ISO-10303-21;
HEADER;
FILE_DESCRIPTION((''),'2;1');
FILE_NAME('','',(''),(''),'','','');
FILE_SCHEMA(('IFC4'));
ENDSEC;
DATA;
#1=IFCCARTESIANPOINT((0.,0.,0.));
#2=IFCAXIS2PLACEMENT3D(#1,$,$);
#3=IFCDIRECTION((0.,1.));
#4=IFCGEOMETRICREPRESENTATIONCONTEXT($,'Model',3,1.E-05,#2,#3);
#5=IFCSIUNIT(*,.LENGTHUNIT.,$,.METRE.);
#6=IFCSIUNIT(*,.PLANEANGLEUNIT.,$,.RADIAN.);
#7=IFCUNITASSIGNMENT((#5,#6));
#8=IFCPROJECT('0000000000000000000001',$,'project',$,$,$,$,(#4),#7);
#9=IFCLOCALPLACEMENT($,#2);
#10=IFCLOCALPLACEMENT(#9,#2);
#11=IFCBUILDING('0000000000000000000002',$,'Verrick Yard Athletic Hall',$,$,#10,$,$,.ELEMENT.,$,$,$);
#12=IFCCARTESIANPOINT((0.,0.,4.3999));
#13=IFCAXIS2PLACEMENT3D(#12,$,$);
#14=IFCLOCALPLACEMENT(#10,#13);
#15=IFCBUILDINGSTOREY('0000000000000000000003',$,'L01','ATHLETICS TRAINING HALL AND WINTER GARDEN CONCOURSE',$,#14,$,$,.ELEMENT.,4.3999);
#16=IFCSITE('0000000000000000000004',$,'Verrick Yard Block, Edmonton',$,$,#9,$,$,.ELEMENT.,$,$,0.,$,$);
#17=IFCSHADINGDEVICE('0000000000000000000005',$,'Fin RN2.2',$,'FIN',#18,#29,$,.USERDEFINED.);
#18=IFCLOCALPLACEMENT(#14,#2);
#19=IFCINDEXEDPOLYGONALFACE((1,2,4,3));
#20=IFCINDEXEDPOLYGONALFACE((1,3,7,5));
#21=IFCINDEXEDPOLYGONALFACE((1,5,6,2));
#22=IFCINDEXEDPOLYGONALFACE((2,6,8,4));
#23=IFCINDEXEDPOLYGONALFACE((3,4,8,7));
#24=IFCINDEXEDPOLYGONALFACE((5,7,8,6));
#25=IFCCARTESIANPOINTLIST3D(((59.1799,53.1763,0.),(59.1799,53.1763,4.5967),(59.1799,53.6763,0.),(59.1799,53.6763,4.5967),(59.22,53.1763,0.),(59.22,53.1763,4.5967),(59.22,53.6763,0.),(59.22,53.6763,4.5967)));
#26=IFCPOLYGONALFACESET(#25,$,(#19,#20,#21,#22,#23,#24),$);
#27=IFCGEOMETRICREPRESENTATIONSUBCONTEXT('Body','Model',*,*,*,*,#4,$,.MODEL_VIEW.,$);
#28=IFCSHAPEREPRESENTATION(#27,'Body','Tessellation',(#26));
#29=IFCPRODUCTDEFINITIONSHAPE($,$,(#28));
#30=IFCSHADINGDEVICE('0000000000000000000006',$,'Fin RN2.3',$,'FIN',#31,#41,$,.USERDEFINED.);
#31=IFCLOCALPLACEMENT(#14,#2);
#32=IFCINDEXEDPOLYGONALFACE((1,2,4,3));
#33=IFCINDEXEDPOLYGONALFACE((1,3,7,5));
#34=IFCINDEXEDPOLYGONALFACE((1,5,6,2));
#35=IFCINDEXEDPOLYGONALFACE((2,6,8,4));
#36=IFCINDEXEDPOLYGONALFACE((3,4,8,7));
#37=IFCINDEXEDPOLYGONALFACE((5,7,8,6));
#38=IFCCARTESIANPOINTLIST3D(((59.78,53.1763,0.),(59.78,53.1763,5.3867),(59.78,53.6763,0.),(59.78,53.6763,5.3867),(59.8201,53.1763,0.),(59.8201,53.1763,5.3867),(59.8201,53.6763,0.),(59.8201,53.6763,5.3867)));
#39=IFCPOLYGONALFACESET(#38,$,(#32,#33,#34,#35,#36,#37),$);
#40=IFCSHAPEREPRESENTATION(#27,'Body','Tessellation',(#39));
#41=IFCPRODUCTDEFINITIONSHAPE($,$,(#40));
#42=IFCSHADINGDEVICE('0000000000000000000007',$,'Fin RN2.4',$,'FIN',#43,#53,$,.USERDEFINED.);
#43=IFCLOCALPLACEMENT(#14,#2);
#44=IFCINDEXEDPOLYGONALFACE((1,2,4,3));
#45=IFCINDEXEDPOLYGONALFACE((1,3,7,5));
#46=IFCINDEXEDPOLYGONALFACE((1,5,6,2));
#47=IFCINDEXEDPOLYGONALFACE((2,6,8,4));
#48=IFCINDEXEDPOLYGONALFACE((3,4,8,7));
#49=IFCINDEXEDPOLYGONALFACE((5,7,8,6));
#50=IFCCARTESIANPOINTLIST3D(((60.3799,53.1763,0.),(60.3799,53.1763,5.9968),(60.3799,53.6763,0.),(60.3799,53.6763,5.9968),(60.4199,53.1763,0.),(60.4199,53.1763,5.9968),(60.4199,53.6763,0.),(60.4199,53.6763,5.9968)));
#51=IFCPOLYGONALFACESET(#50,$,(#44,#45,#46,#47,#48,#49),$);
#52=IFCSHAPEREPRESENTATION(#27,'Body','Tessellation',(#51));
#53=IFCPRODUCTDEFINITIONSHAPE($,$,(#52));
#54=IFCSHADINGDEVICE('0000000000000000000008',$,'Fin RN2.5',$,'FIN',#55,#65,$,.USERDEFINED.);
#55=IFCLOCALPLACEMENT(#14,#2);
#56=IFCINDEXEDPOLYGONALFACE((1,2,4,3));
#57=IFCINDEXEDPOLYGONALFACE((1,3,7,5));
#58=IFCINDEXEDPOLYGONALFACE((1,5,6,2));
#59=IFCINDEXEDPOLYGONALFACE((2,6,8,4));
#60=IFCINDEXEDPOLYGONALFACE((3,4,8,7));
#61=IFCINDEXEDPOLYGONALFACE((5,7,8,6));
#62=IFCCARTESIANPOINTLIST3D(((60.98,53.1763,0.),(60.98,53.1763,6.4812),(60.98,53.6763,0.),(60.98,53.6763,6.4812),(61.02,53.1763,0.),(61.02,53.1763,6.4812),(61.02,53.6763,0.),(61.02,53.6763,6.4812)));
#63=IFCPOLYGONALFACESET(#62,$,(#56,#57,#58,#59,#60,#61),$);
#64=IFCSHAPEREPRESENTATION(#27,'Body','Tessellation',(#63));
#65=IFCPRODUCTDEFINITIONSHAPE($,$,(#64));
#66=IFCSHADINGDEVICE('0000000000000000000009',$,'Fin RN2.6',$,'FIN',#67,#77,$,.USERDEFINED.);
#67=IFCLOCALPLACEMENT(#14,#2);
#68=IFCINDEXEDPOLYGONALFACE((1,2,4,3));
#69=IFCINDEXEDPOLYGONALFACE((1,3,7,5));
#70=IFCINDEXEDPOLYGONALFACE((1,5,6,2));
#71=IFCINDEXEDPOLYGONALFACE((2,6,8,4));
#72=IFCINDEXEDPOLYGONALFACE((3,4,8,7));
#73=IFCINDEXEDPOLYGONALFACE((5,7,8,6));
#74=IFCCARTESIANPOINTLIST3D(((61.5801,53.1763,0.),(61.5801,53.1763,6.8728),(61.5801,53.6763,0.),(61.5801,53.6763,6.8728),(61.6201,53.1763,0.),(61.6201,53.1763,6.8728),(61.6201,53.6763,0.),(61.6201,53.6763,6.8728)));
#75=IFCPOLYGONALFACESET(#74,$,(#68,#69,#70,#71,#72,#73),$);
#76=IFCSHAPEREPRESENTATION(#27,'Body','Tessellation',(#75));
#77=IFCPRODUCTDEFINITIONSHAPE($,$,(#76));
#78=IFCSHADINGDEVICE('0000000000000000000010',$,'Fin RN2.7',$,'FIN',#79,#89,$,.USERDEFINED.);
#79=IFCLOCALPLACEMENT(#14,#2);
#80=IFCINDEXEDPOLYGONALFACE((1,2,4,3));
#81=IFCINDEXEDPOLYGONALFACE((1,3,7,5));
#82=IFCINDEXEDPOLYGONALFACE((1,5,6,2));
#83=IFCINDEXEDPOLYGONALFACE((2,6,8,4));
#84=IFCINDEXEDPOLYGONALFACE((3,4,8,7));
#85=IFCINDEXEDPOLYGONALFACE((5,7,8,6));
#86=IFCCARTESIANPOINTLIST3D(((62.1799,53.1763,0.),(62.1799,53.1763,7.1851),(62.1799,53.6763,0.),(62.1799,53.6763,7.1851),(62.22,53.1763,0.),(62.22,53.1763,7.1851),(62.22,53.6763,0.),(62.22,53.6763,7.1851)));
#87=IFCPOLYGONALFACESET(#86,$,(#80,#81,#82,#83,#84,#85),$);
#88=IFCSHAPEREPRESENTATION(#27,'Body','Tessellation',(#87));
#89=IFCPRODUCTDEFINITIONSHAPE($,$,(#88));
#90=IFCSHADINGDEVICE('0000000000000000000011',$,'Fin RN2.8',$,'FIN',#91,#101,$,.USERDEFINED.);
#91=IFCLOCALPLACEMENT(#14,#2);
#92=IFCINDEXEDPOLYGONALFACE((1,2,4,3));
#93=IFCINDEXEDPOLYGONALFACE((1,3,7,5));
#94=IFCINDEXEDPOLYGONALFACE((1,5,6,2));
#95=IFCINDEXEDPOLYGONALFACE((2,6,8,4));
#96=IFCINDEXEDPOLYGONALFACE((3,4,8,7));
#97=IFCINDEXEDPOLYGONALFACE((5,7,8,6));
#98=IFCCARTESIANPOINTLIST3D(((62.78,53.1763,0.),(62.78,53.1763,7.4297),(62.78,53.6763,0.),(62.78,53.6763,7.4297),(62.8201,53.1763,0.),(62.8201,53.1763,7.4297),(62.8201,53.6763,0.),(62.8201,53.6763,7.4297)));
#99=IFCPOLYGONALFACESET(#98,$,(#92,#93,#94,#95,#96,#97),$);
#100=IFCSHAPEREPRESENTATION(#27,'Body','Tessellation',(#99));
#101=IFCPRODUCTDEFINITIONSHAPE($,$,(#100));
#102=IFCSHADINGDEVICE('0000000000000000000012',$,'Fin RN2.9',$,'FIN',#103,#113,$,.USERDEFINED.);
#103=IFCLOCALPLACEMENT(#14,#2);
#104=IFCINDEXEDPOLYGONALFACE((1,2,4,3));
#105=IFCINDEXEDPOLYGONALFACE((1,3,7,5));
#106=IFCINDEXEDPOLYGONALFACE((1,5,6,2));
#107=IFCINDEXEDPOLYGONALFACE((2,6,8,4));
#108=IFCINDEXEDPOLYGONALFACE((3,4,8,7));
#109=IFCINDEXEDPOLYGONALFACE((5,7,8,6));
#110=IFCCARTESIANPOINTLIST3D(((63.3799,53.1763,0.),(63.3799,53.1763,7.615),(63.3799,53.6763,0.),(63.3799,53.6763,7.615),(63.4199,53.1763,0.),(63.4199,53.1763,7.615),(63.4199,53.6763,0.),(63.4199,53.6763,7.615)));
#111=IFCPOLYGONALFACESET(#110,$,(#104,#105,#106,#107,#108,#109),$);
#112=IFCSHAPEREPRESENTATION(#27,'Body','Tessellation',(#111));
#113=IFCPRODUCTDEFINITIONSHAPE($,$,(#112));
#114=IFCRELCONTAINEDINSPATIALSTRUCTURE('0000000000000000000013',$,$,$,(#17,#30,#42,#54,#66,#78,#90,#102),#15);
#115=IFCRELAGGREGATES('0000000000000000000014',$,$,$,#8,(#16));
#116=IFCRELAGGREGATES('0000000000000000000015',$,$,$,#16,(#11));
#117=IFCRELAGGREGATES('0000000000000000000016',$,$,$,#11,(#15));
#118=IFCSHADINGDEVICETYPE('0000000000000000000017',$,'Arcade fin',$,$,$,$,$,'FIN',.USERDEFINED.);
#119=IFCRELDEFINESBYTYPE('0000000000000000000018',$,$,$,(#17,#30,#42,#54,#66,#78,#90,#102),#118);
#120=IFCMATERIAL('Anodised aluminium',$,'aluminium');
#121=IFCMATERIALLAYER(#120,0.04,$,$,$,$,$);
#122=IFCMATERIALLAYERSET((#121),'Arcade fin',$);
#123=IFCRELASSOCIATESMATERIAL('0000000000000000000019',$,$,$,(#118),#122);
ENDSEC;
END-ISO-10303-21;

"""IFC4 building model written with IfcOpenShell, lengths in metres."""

from ifc_helpers import new_model, si_unit, direction, frame, origin, place, context, subcontext, project, spatial, polyline, outline, extrude, material, layer, layer_set, type_object, element, save


model = new_model("IFC4")

# Units and contexts
model_context = context("Model", 3, precision=1e-05, world=origin(), true_north=direction((0.0, 1.0)))
body_context = subcontext(model_context, "Body", "Model", "MODEL_VIEW")
ifc_project = project(units=[si_unit("LENGTHUNIT", "METRE"), si_unit("PLANEANGLEUNIT", "RADIAN")], contexts=[model_context])

# Site, building, storey
site_placement = place(None, origin())
site = spatial("IfcSite", under=ifc_project, at=site_placement, Name="Verrick Yard Block, Edmonton", CompositionType="ELEMENT", RefElevation=0.0)
building_placement = place(site_placement, origin())
building = spatial("IfcBuilding", under=site, at=building_placement, Name="Verrick Yard Athletic Hall", CompositionType="ELEMENT")
storey_placement = place(building_placement, frame((0.0, 0.0, 4.3999)))
storey = spatial("IfcBuildingStorey", under=building, at=storey_placement, Name="L01", Description="ATHLETICS TRAINING HALL AND WINTER GARDEN CONCOURSE", CompositionType="ELEMENT", Elevation=4.3999)

# Shading devices
ifc_material_1 = material(Name="Anodised aluminium", Category="aluminium")
ifc_layer_1 = layer(ifc_material_1, 0.04)
ifc_layer_set_1 = layer_set([ifc_layer_1], Name="Arcade fin")
shading_device_type = type_object("IfcShadingDeviceType", Name="Arcade fin", ElementType="FIN", PredefinedType="USERDEFINED", material=ifc_layer_set_1)
shading_device_1_placement = place(storey_placement, frame((59.2, 53.1763, 0.0), z_axis=(0.0, 0.0, 1.0), x_axis=(0.0, 1.0, 0.0)))
element("IfcShadingDevice", 1, at=shading_device_1_placement, inside=storey, type_object=shading_device_type, Name="Fin RN2.2", ObjectType="FIN", PredefinedType="USERDEFINED", context=body_context, shape_type="SweptSolid", body=[
    extrude(outline(polyline([(0.0, 0.0), (0.5, 0.0), (0.5, 4.5967), (0.0, 4.5967), (0.0, 0.0)])), frame((0.0, 0.02, 0.0), z_axis=(0.0, -1.0, 0.0), x_axis=(1.0, 0.0, 0.0)), (0.0, 0.0, 1.0), 0.04),
])
shading_device_2_placement = place(storey_placement, frame((59.8, 53.1763, 0.0), z_axis=(0.0, 0.0, 1.0), x_axis=(0.0, 1.0, 0.0)))
element("IfcShadingDevice", 2, at=shading_device_2_placement, inside=storey, type_object=shading_device_type, Name="Fin RN2.3", ObjectType="FIN", PredefinedType="USERDEFINED", context=body_context, shape_type="SweptSolid", body=[
    extrude(outline(polyline([(0.0, 0.0), (0.5, 0.0), (0.5, 5.3867), (0.0, 5.3867), (0.0, 0.0)])), frame((0.0, 0.02, 0.0), z_axis=(0.0, -1.0, 0.0), x_axis=(1.0, 0.0, 0.0)), (0.0, 0.0, 1.0), 0.04),
])
shading_device_3_placement = place(storey_placement, frame((60.3999, 53.1763, 0.0), z_axis=(0.0, 0.0, 1.0), x_axis=(0.0, 1.0, 0.0)))
element("IfcShadingDevice", 3, at=shading_device_3_placement, inside=storey, type_object=shading_device_type, Name="Fin RN2.4", ObjectType="FIN", PredefinedType="USERDEFINED", context=body_context, shape_type="SweptSolid", body=[
    extrude(outline(polyline([(0.0, 0.0), (0.5, 0.0), (0.5, 5.9968), (0.0, 5.9968), (0.0, 0.0)])), frame((0.0, 0.02, 0.0), z_axis=(0.0, -1.0, 0.0), x_axis=(1.0, 0.0, 0.0)), (0.0, 0.0, 1.0), 0.04),
])
shading_device_4_placement = place(storey_placement, frame((61.0, 53.1763, 0.0), z_axis=(0.0, 0.0, 1.0), x_axis=(0.0, 1.0, 0.0)))
element("IfcShadingDevice", 4, at=shading_device_4_placement, inside=storey, type_object=shading_device_type, Name="Fin RN2.5", ObjectType="FIN", PredefinedType="USERDEFINED", context=body_context, shape_type="SweptSolid", body=[
    extrude(outline(polyline([(0.0, 0.0), (0.5, 0.0), (0.5, 6.4812), (0.0, 6.4812), (0.0, 0.0)])), frame((0.0, 0.02, 0.0), z_axis=(0.0, -1.0, 0.0), x_axis=(1.0, 0.0, 0.0)), (0.0, 0.0, 1.0), 0.04),
])
shading_device_5_placement = place(storey_placement, frame((61.6001, 53.1763, 0.0), z_axis=(0.0, 0.0, 1.0), x_axis=(0.0, 1.0, 0.0)))
element("IfcShadingDevice", 5, at=shading_device_5_placement, inside=storey, type_object=shading_device_type, Name="Fin RN2.6", ObjectType="FIN", PredefinedType="USERDEFINED", context=body_context, shape_type="SweptSolid", body=[
    extrude(outline(polyline([(0.0, 0.0), (0.5, 0.0), (0.5, 6.8728), (0.0, 6.8728), (0.0, 0.0)])), frame((0.0, 0.02, 0.0), z_axis=(0.0, -1.0, 0.0), x_axis=(1.0, 0.0, 0.0)), (0.0, 0.0, 1.0), 0.04),
])
shading_device_6_placement = place(storey_placement, frame((62.2, 53.1763, 0.0), z_axis=(0.0, 0.0, 1.0), x_axis=(0.0, 1.0, 0.0)))
element("IfcShadingDevice", 6, at=shading_device_6_placement, inside=storey, type_object=shading_device_type, Name="Fin RN2.7", ObjectType="FIN", PredefinedType="USERDEFINED", context=body_context, shape_type="SweptSolid", body=[
    extrude(outline(polyline([(0.0, 0.0), (0.5, 0.0), (0.5, 7.1851), (0.0, 7.1851), (0.0, 0.0)])), frame((0.0, 0.02, 0.0), z_axis=(0.0, -1.0, 0.0), x_axis=(1.0, 0.0, 0.0)), (0.0, 0.0, 1.0), 0.04),
])
shading_device_7_placement = place(storey_placement, frame((62.8, 53.1763, 0.0), z_axis=(0.0, 0.0, 1.0), x_axis=(0.0, 1.0, 0.0)))
element("IfcShadingDevice", 7, at=shading_device_7_placement, inside=storey, type_object=shading_device_type, Name="Fin RN2.8", ObjectType="FIN", PredefinedType="USERDEFINED", context=body_context, shape_type="SweptSolid", body=[
    extrude(outline(polyline([(0.0, 0.0), (0.5, 0.0), (0.5, 7.4297), (0.0, 7.4297), (0.0, 0.0)])), frame((0.0, 0.02, 0.0), z_axis=(0.0, -1.0, 0.0), x_axis=(1.0, 0.0, 0.0)), (0.0, 0.0, 1.0), 0.04),
])
shading_device_8_placement = place(storey_placement, frame((63.3999, 53.1763, 0.0), z_axis=(0.0, 0.0, 1.0), x_axis=(0.0, 1.0, 0.0)))
element("IfcShadingDevice", 8, at=shading_device_8_placement, inside=storey, type_object=shading_device_type, Name="Fin RN2.9", ObjectType="FIN", PredefinedType="USERDEFINED", context=body_context, shape_type="SweptSolid", body=[
    extrude(outline(polyline([(0.0, 0.0), (0.5, 0.0), (0.5, 7.615), (0.0, 7.615), (0.0, 0.0)])), frame((0.0, 0.02, 0.0), z_axis=(0.0, -1.0, 0.0), x_axis=(1.0, 0.0, 0.0)), (0.0, 0.0, 1.0), 0.04),
])

save(model, "model.ifc")
